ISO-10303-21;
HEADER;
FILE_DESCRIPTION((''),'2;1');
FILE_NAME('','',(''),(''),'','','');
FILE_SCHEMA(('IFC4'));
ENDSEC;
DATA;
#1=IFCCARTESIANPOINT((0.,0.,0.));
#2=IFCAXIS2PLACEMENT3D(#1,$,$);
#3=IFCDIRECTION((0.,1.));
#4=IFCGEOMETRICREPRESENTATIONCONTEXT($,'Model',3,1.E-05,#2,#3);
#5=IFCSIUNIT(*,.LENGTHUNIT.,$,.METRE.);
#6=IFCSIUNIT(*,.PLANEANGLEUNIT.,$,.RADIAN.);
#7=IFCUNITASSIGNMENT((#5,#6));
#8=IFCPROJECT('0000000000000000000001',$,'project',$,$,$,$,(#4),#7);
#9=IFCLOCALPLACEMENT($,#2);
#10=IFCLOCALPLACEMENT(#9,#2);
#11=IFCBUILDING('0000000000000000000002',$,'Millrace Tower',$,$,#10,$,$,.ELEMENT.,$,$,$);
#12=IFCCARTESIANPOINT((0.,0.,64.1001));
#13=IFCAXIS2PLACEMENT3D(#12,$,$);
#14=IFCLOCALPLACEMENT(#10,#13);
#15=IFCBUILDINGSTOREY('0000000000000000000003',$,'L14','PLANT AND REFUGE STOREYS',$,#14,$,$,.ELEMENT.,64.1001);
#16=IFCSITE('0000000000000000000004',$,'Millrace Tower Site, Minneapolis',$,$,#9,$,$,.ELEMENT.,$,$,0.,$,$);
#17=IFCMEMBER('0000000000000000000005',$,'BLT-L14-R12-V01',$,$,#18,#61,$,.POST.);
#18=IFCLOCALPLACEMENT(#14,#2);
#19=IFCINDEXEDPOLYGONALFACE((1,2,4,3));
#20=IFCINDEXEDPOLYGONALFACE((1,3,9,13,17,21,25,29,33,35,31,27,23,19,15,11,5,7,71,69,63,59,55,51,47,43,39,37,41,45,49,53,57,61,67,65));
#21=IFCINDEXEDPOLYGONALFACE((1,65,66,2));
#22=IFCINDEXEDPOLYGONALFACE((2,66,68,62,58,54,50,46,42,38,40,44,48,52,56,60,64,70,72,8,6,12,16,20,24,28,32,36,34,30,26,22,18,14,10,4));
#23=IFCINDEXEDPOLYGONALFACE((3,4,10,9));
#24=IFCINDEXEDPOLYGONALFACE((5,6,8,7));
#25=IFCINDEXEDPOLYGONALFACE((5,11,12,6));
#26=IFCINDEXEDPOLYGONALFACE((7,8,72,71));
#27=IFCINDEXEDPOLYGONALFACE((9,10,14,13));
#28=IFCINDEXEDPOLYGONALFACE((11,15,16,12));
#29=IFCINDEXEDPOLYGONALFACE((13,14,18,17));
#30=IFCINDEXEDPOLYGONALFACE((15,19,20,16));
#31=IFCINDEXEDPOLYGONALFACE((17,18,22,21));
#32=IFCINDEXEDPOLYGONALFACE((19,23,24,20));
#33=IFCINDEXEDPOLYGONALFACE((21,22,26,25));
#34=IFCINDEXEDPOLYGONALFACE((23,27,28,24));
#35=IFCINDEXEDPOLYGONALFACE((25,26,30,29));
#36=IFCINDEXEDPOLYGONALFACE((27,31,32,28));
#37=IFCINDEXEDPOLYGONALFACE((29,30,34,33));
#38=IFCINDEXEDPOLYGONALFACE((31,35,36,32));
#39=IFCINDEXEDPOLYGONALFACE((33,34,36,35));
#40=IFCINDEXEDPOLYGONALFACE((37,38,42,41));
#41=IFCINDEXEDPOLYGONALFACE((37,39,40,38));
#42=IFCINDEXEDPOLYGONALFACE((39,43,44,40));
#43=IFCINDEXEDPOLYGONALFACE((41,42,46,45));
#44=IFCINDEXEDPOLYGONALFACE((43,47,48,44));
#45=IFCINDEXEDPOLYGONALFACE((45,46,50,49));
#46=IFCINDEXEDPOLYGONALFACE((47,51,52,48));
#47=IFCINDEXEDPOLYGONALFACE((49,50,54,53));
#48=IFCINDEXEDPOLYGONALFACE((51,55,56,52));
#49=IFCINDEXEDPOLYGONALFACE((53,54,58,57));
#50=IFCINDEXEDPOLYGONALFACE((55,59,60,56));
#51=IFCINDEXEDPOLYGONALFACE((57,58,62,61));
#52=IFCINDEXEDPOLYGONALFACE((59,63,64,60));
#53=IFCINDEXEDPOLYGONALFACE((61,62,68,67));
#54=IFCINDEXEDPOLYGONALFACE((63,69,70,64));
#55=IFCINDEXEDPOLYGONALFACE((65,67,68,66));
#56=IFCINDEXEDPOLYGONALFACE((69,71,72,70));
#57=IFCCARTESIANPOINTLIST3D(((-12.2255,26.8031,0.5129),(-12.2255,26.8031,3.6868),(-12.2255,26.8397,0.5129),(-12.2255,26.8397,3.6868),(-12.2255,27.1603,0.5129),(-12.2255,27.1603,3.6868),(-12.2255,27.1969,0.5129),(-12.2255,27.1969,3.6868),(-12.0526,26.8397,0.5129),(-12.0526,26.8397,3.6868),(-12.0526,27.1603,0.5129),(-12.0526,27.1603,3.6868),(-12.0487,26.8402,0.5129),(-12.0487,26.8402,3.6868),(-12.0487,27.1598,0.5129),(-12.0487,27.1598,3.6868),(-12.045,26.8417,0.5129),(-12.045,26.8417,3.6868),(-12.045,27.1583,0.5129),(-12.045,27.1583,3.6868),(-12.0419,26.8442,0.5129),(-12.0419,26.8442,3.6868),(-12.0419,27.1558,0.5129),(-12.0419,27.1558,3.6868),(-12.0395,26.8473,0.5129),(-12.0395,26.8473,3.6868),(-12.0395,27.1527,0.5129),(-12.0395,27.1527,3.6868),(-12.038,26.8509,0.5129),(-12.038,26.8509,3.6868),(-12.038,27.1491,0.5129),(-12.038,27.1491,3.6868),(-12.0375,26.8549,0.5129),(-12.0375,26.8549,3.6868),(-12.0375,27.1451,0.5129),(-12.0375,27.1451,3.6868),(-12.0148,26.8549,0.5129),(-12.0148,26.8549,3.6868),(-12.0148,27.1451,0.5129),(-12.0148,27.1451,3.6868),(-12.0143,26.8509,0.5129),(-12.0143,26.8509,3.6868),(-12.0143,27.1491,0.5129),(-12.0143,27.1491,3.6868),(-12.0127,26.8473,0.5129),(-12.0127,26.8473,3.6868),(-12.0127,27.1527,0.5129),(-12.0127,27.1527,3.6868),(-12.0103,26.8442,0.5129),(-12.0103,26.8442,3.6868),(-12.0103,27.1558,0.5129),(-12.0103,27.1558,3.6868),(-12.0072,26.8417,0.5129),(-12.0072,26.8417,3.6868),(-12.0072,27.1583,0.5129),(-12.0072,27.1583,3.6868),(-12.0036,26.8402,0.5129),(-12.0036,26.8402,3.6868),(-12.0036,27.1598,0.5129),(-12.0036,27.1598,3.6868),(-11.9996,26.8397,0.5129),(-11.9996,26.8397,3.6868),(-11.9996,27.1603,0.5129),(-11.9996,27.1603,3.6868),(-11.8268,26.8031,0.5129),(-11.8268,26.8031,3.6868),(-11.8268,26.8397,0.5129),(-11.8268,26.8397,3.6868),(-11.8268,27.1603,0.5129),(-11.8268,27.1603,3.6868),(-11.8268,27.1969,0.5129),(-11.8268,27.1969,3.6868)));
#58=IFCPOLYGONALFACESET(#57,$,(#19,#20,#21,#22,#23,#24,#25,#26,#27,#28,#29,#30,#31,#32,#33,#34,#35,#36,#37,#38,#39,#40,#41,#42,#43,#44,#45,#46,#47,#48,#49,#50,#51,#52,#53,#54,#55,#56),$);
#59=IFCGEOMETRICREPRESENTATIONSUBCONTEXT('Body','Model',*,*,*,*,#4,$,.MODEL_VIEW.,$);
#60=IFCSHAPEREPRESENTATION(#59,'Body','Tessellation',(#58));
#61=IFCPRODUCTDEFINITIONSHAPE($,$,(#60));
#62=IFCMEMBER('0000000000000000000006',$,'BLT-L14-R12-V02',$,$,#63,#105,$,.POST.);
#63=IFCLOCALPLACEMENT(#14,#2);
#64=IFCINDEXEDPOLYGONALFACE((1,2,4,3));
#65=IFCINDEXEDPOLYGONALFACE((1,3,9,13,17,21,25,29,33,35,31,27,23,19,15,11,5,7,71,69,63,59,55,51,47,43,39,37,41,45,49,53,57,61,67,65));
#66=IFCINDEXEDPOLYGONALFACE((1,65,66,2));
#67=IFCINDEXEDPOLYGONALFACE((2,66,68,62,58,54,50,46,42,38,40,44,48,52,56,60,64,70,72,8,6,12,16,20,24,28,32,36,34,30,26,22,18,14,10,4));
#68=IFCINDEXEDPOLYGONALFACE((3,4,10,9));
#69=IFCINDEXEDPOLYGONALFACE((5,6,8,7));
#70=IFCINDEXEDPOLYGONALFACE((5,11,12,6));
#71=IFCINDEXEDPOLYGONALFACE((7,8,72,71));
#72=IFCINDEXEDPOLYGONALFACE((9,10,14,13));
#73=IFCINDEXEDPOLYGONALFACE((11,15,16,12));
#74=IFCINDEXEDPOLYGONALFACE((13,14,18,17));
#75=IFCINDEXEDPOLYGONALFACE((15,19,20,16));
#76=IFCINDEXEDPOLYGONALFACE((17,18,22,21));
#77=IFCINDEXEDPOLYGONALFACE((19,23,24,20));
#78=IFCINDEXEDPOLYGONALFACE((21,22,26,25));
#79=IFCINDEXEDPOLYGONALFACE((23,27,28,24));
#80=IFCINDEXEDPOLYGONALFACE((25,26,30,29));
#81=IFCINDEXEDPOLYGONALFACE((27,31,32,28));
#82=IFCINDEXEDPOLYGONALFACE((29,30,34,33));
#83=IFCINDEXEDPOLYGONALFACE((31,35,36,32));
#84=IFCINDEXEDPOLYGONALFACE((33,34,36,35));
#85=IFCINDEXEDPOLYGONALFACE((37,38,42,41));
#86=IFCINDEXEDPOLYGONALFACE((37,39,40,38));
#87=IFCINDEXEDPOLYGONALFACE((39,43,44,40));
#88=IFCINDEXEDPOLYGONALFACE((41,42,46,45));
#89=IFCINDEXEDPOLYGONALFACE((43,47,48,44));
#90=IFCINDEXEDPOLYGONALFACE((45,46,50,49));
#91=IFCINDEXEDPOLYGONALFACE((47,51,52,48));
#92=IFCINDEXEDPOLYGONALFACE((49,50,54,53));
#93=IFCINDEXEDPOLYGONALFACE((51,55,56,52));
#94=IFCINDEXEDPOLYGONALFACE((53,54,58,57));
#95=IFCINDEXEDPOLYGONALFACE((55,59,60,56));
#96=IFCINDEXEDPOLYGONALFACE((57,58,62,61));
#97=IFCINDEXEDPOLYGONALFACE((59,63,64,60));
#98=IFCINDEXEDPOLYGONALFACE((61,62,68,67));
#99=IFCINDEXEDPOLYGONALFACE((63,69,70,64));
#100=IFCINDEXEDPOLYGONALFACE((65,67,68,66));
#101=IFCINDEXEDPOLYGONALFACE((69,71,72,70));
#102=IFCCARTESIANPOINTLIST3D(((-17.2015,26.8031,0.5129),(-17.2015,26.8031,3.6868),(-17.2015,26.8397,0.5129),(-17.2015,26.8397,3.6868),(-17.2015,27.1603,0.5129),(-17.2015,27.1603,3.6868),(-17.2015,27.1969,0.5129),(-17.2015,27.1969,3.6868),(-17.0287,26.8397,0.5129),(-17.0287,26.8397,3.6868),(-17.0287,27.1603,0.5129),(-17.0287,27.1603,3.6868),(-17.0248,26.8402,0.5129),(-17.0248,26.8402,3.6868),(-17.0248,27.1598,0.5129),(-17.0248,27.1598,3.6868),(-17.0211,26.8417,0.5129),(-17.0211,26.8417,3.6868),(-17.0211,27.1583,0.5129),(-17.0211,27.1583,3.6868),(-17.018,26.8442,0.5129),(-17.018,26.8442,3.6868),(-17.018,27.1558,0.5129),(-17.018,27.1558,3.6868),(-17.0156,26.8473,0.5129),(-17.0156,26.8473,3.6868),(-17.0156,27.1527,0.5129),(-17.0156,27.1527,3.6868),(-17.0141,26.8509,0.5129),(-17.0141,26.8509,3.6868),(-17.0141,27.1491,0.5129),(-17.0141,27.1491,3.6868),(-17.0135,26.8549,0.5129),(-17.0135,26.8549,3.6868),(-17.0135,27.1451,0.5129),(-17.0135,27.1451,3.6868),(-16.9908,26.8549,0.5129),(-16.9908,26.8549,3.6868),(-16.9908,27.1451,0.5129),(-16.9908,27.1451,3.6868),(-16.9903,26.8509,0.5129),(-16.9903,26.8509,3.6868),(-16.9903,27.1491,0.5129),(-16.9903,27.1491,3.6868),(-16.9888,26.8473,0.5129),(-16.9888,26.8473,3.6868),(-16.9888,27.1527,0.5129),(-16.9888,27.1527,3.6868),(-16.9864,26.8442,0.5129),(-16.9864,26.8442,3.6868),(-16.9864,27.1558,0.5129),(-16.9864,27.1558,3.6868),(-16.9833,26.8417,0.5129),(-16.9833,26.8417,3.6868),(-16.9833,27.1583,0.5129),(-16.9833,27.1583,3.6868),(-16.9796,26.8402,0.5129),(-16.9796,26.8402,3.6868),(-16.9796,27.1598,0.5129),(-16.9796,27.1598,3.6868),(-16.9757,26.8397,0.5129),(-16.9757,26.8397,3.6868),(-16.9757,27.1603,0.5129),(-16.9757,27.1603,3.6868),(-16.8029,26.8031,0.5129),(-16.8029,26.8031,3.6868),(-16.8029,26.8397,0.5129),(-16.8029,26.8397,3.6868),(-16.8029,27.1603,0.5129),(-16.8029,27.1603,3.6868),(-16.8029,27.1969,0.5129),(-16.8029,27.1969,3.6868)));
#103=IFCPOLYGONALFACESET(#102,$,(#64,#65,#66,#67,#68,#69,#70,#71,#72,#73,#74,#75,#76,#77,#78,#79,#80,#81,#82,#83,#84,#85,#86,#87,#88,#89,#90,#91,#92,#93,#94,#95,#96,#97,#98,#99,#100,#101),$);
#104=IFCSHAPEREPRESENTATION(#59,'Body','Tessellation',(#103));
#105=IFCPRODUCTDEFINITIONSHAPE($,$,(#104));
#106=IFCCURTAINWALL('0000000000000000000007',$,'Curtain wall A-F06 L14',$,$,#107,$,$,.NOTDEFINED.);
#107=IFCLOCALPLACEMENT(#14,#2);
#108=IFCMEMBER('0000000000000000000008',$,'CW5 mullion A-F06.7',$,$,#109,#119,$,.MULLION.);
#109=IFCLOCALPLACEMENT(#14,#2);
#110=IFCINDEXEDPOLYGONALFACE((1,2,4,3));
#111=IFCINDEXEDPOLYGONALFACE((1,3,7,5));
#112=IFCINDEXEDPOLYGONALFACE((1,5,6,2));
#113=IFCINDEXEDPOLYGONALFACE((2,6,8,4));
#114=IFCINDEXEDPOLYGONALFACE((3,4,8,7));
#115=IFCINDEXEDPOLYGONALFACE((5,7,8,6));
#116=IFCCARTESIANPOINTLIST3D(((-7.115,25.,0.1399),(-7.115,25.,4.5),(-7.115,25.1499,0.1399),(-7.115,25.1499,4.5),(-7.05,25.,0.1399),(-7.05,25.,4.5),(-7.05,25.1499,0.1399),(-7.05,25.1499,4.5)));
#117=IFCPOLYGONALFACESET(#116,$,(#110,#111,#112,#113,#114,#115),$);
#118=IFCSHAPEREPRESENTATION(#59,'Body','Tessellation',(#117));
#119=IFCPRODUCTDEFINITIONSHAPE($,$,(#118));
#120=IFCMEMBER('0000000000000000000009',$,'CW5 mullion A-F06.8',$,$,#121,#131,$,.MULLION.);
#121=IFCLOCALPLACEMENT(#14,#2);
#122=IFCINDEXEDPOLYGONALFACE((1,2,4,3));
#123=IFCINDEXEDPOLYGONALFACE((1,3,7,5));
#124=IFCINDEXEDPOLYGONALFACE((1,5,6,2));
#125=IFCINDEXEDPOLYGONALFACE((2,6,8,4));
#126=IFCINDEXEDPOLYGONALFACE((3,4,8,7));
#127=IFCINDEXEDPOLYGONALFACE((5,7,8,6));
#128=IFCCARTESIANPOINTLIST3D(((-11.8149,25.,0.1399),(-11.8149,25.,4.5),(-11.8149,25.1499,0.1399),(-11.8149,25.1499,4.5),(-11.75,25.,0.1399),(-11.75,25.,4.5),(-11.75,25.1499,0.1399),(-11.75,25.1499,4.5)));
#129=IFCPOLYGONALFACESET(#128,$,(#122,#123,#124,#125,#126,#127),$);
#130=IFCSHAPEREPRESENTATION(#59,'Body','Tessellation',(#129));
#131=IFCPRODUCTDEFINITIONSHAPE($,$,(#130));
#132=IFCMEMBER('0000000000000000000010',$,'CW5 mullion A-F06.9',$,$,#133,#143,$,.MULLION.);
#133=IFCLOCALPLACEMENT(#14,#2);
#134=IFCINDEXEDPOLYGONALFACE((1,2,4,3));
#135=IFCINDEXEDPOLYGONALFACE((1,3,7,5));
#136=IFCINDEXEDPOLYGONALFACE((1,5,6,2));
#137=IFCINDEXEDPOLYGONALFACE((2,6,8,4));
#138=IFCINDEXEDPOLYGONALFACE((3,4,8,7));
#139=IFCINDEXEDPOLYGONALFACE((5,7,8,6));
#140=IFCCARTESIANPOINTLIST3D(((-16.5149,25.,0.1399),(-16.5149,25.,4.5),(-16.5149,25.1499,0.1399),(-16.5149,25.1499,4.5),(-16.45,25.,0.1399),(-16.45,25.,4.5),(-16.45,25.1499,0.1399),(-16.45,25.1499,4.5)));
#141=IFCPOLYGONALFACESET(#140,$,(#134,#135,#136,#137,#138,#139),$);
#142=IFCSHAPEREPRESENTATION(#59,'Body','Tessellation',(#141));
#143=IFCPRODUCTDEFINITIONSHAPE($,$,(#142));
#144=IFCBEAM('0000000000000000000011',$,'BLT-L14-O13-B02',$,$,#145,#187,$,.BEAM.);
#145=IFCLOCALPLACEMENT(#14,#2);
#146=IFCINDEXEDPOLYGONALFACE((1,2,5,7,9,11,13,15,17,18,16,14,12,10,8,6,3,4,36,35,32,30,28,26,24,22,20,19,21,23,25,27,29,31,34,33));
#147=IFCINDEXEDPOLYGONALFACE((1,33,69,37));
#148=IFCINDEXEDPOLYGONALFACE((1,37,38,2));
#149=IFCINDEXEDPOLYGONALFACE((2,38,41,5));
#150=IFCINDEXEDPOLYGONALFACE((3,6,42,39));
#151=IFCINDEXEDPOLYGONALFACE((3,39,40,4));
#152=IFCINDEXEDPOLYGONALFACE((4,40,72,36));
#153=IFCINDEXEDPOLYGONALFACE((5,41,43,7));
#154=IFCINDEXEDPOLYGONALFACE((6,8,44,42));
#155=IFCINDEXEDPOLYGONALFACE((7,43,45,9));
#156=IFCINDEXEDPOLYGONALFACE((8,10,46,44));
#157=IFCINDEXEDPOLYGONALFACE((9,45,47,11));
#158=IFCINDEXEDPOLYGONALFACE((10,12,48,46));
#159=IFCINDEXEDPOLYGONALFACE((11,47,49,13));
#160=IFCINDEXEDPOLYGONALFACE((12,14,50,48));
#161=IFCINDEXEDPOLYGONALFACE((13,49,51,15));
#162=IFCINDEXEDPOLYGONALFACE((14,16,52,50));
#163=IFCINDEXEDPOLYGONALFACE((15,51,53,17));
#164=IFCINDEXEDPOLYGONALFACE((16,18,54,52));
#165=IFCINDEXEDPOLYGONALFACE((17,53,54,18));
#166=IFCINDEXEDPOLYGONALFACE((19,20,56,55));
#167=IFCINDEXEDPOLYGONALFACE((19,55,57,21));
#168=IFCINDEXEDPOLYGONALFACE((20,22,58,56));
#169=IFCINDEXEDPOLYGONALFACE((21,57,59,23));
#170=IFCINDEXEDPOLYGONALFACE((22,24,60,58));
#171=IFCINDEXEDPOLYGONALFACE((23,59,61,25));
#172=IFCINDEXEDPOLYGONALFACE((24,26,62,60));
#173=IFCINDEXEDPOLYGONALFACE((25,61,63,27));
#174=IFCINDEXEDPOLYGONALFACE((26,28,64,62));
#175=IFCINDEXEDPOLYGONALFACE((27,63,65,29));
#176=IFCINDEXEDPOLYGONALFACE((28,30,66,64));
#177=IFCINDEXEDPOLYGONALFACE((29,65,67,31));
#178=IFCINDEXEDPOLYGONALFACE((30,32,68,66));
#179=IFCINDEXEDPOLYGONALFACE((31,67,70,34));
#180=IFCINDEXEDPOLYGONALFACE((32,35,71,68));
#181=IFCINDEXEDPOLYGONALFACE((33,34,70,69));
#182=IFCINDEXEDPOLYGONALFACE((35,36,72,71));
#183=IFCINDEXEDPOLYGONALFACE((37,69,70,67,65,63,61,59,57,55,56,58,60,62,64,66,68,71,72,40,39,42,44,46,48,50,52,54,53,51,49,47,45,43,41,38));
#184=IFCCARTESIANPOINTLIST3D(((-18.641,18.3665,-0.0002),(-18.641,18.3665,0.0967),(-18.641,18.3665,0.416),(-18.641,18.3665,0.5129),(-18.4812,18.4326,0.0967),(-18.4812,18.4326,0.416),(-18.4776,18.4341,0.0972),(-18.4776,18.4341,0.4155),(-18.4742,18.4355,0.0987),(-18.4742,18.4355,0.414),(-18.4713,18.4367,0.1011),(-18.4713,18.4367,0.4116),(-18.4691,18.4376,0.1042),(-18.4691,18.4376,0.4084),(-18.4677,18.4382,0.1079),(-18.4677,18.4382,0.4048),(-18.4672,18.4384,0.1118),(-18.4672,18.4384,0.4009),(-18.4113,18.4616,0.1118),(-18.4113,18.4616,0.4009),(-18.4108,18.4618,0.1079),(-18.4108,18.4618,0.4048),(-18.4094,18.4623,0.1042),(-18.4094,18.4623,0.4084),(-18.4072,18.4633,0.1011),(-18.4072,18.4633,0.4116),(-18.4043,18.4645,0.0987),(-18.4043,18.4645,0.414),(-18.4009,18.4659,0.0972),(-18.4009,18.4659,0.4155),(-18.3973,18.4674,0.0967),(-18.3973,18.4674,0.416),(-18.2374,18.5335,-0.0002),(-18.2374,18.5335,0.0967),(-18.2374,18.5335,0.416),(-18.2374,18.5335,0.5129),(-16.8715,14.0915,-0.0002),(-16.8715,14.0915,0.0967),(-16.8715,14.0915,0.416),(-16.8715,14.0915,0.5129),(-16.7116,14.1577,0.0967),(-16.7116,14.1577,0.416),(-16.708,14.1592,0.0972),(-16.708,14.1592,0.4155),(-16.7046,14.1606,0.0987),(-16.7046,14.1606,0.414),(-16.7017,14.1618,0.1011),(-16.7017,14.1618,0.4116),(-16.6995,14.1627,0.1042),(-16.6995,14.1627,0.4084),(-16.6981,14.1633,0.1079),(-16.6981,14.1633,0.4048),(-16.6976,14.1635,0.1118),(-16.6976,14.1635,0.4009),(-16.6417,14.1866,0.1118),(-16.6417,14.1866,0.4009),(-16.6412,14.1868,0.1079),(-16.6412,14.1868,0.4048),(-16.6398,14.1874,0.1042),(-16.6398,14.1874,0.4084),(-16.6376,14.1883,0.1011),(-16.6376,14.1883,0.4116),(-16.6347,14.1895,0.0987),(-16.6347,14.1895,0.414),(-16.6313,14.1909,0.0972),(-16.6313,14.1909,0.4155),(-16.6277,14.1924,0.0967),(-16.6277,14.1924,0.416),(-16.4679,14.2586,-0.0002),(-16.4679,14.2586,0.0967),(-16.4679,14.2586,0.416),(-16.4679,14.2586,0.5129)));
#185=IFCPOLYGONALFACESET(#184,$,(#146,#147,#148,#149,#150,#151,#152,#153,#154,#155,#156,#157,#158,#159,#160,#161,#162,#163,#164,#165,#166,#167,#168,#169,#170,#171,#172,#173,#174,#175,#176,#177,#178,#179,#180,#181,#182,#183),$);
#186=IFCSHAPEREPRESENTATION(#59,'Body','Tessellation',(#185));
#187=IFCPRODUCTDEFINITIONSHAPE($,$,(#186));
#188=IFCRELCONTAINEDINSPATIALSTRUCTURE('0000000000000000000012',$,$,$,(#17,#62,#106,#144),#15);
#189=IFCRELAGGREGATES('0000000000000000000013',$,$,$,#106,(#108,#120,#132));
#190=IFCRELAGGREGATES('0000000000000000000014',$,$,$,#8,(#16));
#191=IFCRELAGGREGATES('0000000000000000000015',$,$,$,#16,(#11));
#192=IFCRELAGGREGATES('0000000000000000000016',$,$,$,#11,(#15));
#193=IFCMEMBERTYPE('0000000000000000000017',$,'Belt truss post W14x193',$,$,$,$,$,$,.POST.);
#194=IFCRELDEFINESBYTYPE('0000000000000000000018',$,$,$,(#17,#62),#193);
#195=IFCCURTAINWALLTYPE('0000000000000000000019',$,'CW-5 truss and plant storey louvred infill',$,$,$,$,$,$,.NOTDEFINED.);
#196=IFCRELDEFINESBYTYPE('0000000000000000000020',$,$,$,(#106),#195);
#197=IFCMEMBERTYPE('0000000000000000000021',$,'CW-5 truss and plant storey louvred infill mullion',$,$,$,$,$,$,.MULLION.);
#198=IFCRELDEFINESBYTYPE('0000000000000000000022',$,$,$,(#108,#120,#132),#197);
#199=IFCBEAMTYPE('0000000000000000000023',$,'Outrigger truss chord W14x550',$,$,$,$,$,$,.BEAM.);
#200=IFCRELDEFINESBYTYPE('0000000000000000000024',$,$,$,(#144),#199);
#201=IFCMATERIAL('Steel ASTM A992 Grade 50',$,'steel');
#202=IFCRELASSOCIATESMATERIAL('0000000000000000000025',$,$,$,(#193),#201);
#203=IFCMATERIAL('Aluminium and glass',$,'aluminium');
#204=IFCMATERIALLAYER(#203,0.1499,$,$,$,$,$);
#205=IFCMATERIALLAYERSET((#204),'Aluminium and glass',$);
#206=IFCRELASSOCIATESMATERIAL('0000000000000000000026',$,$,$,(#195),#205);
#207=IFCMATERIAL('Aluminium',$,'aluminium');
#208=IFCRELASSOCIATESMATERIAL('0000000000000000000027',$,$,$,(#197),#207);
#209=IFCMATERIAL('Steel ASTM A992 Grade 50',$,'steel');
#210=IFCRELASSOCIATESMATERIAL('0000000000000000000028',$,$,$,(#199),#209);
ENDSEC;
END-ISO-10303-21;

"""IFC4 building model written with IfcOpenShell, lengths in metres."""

from ifc_helpers import new_model, si_unit, direction, frame, origin, origin_2d, place, context, subcontext, project, spatial, rectangle, i_section, extrude, material, layer, layer_set, material_profile, profile_set, type_object, element, aggregate, save


model = new_model("IFC4")

# Units and contexts
model_context = context("Model", 3, precision=1e-05, world=origin(), true_north=direction((0.0, 1.0)))
body_context = subcontext(model_context, "Body", "Model", "MODEL_VIEW")
ifc_project = project(units=[si_unit("LENGTHUNIT", "METRE"), si_unit("PLANEANGLEUNIT", "RADIAN")], contexts=[model_context])

# Site, building, storey
site_placement = place(None, origin())
site = spatial("IfcSite", under=ifc_project, at=site_placement, Name="Millrace Tower Site, Minneapolis", CompositionType="ELEMENT", RefElevation=0.0)
building_placement = place(site_placement, origin())
building = spatial("IfcBuilding", under=site, at=building_placement, Name="Millrace Tower", CompositionType="ELEMENT")
storey_placement = place(building_placement, frame((0.0, 0.0, 64.1001)))
storey = spatial("IfcBuildingStorey", under=building, at=storey_placement, Name="L14", Description="PLANT AND REFUGE STOREYS", CompositionType="ELEMENT", Elevation=64.1001)

# Members
ifc_material_1 = material(Name="Steel ASTM A992 Grade 50", Category="steel")
ifc_material_profile_1 = material_profile(ifc_material_1, i_section(OverallWidth=0.3987, OverallDepth=0.3938, WebThickness=0.0227, FlangeThickness=0.0366, FilletRadius=0.0151, at=origin_2d()))
ifc_profile_set_1 = profile_set([ifc_material_profile_1], Name="Steel ASTM A992 Grade 50")
member_type_1 = type_object("IfcMemberType", Name="Belt truss post W14x193", PredefinedType="POST", material=ifc_profile_set_1)
for number, where, z_axis, x_axis, name in (
    (1, (-12.0261, 27.0, 0.5129), (0.0, 0.0, 1.0), (1.0, 0.0, 0.0), "BLT-L14-R12-V01"),
    (2, (-17.0022, 27.0, 0.5129), (0.0, 0.0, 1.0), (1.0, 0.0, 0.0), "BLT-L14-R12-V02"),
):
    element("IfcMember", number, at=place(storey_placement, frame(where, z_axis=z_axis, x_axis=x_axis)), inside=storey, type_object=member_type_1, Name=name, PredefinedType="POST", context=body_context, shape_type="SweptSolid", body=[
        extrude(i_section(OverallWidth=0.3987, OverallDepth=0.3938, WebThickness=0.0227, FlangeThickness=0.0366, FilletRadius=0.0151, at=origin_2d()), origin(), (0.0, 0.0, 1.0), 3.1738),
    ])

# Curtain wall, members
ifc_material_2 = material(Name="Aluminium and glass", Category="aluminium")
ifc_layer_1 = layer(ifc_material_2, 0.1499)
ifc_layer_set_1 = layer_set([ifc_layer_1], Name="Aluminium and glass")
curtain_wall_type = type_object("IfcCurtainWallType", Name="CW-5 truss and plant storey louvred infill", PredefinedType="NOTDEFINED", material=ifc_layer_set_1)
curtain_wall_placement = place(storey_placement, origin())
curtain_wall = element("IfcCurtainWall", 3, at=curtain_wall_placement, inside=storey, type_object=curtain_wall_type, Name="Curtain wall A-F06 L14", PredefinedType="NOTDEFINED")
ifc_material_3 = material(Name="Aluminium", Category="aluminium")
ifc_material_profile_2 = material_profile(ifc_material_3, rectangle(XDim=0.0649, YDim=0.1499, at=origin_2d()))
ifc_profile_set_2 = profile_set([ifc_material_profile_2], Name="Aluminium")
member_type_2 = type_object("IfcMemberType", Name="CW-5 truss and plant storey louvred infill mullion", PredefinedType="MULLION", material=ifc_profile_set_2)
member_1_placement = place(storey_placement, frame((-7.0825, 25.075, 0.1399), z_axis=(0.0, 0.0, 1.0), x_axis=(-1.0, 0.0, 0.0)))
member_1 = element("IfcMember", 4, at=member_1_placement, type_object=member_type_2, Name="CW5 mullion A-F06.7", PredefinedType="MULLION", context=body_context, shape_type="SweptSolid", body=[
    extrude(rectangle(XDim=0.0649, YDim=0.1499, at=origin_2d()), origin(), (0.0, 0.0, 1.0), 4.3601),
])
member_2_placement = place(storey_placement, frame((-11.7825, 25.075, 0.1399), z_axis=(0.0, 0.0, 1.0), x_axis=(-1.0, 0.0, 0.0)))
member_2 = element("IfcMember", 5, at=member_2_placement, type_object=member_type_2, Name="CW5 mullion A-F06.8", PredefinedType="MULLION", context=body_context, shape_type="SweptSolid", body=[
    extrude(rectangle(XDim=0.0649, YDim=0.1499, at=origin_2d()), origin(), (0.0, 0.0, 1.0), 4.3601),
])
member_3_placement = place(storey_placement, frame((-16.4824, 25.075, 0.1399), z_axis=(0.0, 0.0, 1.0), x_axis=(-1.0, 0.0, 0.0)))
member_3 = element("IfcMember", 6, at=member_3_placement, type_object=member_type_2, Name="CW5 mullion A-F06.9", PredefinedType="MULLION", context=body_context, shape_type="SweptSolid", body=[
    extrude(rectangle(XDim=0.0649, YDim=0.1499, at=origin_2d()), origin(), (0.0, 0.0, 1.0), 4.3601),
])
aggregate(curtain_wall, [member_1, member_2, member_3])

# Beam
ifc_material_4 = material(Name="Steel ASTM A992 Grade 50", Category="steel")
ifc_material_profile_3 = material_profile(ifc_material_4, i_section(OverallWidth=0.4368, OverallDepth=0.5132, WebThickness=0.0605, FlangeThickness=0.0969, FilletRadius=0.0151, at=origin_2d()))
ifc_profile_set_3 = profile_set([ifc_material_profile_3], Name="Steel ASTM A992 Grade 50")
beam_type_1 = type_object("IfcBeamType", Name="Outrigger truss chord W14x550", PredefinedType="BEAM", material=ifc_profile_set_3)
for number, where, z_axis, x_axis, name in (
    (7, (-16.6697, 14.175, 0.2563), (-0.382464, 0.923971, 0.0), (-0.923971, -0.382464, 0.0), "BLT-L14-O13-B02"),
):
    element("IfcBeam", number, at=place(storey_placement, frame(where, z_axis=z_axis, x_axis=x_axis)), inside=storey, type_object=beam_type_1, Name=name, PredefinedType="BEAM", context=body_context, shape_type="SweptSolid", body=[
        extrude(i_section(OverallWidth=0.4368, OverallDepth=0.5132, WebThickness=0.0605, FlangeThickness=0.0969, FilletRadius=0.0151, at=origin_2d()), origin(), (0.0, 0.0, 1.0), 4.6267),
    ])

save(model, "model.ifc")
